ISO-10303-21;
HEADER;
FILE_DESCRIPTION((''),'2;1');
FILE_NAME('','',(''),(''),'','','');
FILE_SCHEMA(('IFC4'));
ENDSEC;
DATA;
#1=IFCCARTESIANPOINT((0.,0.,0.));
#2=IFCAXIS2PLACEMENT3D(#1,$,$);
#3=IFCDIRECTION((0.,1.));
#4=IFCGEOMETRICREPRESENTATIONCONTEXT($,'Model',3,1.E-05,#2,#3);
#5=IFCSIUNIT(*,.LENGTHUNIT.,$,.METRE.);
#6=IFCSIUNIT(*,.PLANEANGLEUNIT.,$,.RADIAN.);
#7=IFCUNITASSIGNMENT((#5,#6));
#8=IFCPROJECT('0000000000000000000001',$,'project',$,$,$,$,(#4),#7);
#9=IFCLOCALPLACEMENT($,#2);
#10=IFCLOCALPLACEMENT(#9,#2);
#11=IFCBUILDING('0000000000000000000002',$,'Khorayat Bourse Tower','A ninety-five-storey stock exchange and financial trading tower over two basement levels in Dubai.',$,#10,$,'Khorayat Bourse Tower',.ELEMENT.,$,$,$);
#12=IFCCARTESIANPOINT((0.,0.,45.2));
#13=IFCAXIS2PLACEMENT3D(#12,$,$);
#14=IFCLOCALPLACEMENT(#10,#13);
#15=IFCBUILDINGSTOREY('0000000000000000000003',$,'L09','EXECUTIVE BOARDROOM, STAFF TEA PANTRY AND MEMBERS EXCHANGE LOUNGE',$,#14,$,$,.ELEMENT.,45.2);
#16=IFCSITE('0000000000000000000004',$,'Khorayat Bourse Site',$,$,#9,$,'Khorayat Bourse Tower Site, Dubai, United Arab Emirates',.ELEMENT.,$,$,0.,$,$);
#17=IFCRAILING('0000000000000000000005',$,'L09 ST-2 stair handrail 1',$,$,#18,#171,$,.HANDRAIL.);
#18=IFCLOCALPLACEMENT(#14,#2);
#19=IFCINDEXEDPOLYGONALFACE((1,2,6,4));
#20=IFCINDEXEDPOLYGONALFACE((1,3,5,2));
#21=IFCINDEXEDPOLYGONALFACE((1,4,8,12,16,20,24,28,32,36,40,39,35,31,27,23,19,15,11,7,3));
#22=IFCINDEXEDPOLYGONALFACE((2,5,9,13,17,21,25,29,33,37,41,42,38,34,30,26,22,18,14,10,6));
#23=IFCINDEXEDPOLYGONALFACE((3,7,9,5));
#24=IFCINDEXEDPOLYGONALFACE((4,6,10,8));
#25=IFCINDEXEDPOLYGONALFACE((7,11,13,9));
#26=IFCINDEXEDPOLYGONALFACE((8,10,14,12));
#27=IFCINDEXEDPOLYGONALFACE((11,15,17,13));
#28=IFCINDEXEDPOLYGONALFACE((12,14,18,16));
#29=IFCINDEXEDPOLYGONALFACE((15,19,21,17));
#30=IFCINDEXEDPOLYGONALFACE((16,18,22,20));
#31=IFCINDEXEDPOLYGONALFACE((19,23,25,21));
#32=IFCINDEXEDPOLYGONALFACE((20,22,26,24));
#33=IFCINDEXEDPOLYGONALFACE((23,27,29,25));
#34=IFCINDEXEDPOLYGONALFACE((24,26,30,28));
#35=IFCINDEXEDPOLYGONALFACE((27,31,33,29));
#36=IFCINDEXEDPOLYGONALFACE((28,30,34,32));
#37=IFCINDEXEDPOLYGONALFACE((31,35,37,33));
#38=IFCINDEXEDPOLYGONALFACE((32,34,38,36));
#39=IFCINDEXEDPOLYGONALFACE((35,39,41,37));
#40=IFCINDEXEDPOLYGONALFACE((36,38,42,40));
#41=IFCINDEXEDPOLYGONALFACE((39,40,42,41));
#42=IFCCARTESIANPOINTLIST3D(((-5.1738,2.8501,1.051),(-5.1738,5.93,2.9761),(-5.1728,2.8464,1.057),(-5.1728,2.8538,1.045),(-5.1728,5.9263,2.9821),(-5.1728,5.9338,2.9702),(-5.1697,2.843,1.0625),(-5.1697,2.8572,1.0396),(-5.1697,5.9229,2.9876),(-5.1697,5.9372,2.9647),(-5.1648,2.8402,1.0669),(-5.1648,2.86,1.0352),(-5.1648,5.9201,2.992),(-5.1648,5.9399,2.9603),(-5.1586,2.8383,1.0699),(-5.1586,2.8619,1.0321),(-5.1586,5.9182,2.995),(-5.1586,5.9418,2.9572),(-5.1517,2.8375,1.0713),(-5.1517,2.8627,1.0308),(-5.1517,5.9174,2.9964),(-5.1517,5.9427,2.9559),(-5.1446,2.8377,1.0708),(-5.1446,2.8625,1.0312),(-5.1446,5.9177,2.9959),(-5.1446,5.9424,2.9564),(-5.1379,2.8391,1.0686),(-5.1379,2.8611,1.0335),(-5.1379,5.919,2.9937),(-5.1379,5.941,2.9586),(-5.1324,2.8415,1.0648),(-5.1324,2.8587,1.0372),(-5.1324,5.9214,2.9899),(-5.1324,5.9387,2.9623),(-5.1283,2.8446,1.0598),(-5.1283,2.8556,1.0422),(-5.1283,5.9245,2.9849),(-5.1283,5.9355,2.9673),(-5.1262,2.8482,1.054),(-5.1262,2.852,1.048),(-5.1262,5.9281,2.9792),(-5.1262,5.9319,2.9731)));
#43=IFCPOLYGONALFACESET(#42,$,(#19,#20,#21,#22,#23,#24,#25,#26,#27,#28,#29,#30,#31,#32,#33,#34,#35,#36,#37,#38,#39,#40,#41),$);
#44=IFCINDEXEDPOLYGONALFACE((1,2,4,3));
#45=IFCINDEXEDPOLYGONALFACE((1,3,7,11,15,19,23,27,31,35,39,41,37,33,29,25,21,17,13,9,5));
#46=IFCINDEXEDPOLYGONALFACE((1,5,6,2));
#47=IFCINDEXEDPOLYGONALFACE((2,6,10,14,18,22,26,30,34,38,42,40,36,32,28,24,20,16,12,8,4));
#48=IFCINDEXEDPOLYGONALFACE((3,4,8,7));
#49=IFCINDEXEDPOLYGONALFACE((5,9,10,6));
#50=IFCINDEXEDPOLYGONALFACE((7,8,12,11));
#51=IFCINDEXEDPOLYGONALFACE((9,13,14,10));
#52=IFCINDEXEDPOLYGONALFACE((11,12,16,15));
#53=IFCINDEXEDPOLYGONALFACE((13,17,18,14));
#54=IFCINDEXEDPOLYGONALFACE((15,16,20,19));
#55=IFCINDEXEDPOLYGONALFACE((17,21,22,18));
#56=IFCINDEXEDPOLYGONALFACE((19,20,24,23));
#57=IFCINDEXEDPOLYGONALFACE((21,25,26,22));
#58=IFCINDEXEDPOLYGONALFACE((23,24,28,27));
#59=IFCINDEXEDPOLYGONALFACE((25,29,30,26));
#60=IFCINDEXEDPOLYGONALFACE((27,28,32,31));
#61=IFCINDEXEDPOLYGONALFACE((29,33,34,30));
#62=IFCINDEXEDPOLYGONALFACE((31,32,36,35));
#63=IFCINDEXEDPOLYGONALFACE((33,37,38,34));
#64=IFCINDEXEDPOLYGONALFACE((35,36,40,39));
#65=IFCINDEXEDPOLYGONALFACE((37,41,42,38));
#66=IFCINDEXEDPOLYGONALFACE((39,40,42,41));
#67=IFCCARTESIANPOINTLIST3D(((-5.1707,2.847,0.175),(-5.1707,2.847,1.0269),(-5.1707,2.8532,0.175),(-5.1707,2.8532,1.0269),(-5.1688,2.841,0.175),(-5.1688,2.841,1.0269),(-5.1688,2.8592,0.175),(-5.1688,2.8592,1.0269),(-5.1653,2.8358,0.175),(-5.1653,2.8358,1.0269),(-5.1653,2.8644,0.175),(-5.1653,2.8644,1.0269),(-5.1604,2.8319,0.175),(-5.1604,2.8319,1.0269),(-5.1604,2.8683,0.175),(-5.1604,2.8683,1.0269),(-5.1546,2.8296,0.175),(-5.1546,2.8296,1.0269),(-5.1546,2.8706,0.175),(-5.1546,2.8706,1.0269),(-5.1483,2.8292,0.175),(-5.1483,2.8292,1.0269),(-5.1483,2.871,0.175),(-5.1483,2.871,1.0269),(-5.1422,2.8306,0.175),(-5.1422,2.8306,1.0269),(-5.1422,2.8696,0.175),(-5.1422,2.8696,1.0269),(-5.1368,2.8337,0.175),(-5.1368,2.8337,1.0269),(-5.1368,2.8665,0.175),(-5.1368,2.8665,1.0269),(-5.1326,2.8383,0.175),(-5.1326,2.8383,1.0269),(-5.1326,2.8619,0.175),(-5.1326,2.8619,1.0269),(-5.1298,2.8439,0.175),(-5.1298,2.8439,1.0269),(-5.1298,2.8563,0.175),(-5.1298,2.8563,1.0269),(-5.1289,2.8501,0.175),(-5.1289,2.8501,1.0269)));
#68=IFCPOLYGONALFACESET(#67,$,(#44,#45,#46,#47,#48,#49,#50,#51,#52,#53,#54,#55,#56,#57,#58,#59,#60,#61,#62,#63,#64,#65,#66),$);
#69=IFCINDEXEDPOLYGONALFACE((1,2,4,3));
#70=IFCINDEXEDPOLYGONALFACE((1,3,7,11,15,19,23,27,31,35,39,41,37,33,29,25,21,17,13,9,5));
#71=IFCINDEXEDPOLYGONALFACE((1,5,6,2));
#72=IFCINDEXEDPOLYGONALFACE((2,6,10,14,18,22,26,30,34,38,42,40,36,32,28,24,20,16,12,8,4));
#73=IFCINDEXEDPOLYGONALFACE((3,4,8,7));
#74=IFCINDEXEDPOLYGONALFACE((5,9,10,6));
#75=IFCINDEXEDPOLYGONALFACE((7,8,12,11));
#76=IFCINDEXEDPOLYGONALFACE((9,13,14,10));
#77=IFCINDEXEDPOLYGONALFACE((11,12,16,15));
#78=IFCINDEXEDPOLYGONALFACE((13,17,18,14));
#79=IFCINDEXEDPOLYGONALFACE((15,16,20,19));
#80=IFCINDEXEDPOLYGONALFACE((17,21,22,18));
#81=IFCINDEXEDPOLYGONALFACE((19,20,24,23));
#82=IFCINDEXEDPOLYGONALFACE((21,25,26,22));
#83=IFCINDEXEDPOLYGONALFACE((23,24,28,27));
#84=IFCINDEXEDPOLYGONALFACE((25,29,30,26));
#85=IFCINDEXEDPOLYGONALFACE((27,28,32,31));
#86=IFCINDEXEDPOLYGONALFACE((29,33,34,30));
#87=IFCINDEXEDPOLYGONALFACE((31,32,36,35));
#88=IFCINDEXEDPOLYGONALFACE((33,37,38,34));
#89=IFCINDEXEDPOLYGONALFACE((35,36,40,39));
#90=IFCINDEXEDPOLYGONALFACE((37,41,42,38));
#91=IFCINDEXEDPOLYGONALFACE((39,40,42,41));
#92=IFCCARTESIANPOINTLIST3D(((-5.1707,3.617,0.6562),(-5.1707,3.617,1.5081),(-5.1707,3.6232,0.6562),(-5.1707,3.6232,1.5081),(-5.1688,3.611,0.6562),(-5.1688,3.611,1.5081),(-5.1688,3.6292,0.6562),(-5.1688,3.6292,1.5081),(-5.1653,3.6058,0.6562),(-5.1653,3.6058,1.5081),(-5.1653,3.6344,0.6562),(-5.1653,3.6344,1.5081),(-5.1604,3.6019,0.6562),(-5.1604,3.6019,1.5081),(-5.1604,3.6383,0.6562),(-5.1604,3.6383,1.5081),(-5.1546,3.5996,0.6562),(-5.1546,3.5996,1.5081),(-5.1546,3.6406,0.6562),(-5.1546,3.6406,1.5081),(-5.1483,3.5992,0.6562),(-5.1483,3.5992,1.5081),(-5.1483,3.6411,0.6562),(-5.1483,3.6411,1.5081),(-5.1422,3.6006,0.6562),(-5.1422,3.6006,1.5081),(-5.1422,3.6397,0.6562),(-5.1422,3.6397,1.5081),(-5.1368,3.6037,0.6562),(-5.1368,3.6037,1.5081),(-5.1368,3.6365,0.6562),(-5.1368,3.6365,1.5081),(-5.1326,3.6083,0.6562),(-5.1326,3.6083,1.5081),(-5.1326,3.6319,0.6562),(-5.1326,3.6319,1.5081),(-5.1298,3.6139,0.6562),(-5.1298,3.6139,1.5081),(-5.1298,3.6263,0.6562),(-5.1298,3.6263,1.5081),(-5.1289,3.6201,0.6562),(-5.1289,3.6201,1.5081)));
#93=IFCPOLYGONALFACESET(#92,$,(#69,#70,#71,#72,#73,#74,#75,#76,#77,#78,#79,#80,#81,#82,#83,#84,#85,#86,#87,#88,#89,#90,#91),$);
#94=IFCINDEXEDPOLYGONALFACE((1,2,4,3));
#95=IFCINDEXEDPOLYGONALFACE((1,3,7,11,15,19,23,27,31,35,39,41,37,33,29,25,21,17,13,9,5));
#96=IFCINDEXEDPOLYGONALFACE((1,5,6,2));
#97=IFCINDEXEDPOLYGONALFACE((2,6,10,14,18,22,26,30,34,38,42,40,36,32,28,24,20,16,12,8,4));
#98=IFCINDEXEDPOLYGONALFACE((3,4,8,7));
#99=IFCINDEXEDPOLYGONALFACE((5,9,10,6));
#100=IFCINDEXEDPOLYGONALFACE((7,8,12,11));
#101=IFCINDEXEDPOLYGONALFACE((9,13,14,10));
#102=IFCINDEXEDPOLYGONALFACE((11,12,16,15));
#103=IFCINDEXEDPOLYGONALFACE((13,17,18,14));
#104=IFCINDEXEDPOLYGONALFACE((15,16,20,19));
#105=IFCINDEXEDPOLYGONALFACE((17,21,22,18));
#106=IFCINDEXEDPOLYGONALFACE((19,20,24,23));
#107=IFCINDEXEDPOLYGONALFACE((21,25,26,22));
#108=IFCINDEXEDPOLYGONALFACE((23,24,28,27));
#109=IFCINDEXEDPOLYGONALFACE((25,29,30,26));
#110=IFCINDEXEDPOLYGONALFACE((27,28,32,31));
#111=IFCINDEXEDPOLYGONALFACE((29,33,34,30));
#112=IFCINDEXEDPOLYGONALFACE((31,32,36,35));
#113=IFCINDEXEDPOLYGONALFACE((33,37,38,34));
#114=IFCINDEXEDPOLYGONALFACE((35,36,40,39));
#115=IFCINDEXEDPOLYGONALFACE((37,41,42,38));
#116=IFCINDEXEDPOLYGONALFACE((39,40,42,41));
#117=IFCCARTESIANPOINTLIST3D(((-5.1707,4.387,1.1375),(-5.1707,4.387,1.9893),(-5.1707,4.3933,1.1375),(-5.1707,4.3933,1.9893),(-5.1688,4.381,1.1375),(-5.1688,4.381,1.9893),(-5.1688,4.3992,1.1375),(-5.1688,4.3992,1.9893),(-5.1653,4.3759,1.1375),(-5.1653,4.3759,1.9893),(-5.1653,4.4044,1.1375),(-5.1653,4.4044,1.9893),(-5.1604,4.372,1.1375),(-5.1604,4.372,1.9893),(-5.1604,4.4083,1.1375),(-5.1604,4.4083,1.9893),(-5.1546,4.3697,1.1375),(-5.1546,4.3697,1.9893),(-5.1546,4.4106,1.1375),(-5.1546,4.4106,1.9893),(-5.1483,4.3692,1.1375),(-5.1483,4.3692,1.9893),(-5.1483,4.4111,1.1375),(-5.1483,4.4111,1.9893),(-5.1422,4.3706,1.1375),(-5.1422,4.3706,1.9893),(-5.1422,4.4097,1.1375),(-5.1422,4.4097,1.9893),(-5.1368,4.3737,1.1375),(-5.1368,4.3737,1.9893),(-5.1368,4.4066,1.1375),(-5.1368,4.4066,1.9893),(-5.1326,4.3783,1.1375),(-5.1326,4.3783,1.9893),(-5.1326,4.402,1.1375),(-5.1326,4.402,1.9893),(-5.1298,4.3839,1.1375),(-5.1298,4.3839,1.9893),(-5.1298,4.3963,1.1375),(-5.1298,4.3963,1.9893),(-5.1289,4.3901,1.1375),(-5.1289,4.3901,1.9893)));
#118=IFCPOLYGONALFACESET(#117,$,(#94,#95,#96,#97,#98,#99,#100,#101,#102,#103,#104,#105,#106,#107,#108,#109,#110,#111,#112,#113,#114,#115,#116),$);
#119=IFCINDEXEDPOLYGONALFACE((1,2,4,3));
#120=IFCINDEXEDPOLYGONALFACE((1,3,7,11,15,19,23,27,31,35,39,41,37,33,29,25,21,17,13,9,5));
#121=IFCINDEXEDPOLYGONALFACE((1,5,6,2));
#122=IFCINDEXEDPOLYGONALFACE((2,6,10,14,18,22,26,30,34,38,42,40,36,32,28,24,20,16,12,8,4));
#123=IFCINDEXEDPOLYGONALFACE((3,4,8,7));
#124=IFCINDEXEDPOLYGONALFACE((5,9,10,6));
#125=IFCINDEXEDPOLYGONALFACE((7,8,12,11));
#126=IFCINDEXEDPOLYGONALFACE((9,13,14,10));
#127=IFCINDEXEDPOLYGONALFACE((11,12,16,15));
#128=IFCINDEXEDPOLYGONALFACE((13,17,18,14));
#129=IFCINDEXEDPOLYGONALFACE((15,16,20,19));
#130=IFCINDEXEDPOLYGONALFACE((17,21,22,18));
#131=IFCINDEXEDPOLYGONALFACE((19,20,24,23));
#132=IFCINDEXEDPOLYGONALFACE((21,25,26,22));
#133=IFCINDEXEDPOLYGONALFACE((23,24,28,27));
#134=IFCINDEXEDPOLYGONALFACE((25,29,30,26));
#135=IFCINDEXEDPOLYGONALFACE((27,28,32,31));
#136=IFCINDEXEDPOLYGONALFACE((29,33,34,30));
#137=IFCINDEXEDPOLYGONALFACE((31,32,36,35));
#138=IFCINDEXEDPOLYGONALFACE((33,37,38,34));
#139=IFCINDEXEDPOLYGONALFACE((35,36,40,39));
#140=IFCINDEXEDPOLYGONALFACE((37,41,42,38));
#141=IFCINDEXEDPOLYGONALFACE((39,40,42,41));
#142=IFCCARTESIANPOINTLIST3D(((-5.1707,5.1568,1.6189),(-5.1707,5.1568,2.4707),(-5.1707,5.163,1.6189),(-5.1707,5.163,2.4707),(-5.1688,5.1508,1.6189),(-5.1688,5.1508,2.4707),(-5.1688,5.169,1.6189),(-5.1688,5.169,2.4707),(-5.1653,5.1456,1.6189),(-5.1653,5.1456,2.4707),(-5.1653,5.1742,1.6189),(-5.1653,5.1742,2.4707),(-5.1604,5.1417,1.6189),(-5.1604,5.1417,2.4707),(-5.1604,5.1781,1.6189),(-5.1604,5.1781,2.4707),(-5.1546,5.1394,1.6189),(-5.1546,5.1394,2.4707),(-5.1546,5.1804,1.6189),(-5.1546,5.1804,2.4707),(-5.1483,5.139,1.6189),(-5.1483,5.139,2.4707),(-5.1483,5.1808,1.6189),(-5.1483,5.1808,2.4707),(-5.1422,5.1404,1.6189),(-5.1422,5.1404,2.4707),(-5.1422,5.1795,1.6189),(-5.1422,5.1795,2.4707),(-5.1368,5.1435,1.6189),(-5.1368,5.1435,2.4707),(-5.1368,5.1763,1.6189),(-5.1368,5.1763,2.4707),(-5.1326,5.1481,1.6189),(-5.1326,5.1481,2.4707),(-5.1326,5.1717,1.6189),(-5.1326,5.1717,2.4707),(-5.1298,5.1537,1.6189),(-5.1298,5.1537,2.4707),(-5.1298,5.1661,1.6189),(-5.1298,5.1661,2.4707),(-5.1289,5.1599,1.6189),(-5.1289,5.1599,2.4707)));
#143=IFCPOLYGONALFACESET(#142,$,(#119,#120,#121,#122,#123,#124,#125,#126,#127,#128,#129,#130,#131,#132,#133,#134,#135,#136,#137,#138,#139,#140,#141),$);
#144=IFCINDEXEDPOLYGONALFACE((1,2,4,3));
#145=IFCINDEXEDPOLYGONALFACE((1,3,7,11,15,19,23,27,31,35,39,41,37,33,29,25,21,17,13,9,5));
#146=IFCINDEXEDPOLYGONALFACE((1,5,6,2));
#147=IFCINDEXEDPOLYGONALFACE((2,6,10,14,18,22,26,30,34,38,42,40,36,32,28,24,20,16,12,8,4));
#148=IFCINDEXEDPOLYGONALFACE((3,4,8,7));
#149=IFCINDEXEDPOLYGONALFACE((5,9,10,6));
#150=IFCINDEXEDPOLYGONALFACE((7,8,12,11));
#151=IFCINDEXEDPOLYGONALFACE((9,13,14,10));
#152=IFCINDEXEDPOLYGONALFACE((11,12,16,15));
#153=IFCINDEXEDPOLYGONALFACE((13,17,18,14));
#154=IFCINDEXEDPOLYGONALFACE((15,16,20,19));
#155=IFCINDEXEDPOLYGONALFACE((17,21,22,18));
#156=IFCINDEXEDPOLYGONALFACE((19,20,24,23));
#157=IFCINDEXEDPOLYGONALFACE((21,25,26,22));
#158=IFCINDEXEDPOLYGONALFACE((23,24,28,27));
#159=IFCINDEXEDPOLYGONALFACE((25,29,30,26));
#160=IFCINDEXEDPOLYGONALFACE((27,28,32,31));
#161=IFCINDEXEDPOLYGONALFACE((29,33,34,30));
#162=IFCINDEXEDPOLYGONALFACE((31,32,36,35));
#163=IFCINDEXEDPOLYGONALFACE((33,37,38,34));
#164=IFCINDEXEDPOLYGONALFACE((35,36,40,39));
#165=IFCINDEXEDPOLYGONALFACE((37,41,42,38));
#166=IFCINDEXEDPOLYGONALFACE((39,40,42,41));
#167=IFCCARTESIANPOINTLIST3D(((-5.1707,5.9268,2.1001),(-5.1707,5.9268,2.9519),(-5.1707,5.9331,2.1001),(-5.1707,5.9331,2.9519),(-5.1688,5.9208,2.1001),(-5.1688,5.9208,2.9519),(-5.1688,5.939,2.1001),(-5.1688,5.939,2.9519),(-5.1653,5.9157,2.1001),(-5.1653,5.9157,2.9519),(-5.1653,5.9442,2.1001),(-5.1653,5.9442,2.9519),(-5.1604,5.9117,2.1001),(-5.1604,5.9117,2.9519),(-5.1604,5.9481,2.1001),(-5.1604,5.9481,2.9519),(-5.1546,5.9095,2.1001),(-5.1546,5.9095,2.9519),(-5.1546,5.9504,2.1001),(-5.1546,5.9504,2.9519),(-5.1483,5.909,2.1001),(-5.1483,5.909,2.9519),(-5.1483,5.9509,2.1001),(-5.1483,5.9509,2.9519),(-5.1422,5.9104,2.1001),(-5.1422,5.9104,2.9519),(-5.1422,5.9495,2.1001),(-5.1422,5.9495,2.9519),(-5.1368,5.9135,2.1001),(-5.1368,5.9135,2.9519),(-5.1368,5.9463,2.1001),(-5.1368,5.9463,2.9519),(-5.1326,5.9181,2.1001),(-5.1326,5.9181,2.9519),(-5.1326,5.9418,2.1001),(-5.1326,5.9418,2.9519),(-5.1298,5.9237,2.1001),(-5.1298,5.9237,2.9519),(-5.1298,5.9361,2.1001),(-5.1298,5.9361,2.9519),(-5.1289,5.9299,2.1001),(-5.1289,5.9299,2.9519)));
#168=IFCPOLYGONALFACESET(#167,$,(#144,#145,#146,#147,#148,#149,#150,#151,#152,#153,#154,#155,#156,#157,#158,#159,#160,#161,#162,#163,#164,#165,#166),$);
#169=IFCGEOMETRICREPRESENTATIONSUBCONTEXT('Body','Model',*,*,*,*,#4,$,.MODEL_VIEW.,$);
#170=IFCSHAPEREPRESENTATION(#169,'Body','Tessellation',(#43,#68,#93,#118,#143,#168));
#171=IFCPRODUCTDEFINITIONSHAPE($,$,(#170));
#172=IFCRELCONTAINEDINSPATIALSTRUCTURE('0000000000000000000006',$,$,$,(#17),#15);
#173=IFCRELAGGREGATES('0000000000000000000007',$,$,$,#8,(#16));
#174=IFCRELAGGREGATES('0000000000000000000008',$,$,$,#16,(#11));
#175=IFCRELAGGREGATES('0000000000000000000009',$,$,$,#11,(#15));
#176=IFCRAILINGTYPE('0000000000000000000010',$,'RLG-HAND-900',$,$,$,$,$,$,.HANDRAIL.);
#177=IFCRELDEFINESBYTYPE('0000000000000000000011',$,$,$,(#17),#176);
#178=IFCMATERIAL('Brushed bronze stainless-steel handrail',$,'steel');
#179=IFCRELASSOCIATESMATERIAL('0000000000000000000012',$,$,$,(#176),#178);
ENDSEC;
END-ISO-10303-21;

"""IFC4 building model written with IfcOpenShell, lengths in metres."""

from ifc_helpers import new_model, si_unit, direction, frame, origin, origin_2d, place, context, subcontext, project, spatial, circle, extrude, source, transform, mapped, material, type_object, element, save


model = new_model("IFC4")

# Units and contexts
model_context = context("Model", 3, precision=1e-05, world=origin(), true_north=direction((0.0, 1.0)))
body_context = subcontext(model_context, "Body", "Model", "MODEL_VIEW")
ifc_project = project(units=[si_unit("LENGTHUNIT", "METRE"), si_unit("PLANEANGLEUNIT", "RADIAN")], contexts=[model_context])

# Site, building, storey
site_placement = place(None, origin())
site = spatial("IfcSite", under=ifc_project, at=site_placement, Name="Khorayat Bourse Site", LongName="Khorayat Bourse Tower Site, Dubai, United Arab Emirates", CompositionType="ELEMENT", RefElevation=0.0)
building_placement = place(site_placement, origin())
building = spatial("IfcBuilding", under=site, at=building_placement, Name="Khorayat Bourse Tower", Description="A ninety-five-storey stock exchange and financial trading tower over two basement levels in Dubai.", LongName="Khorayat Bourse Tower", CompositionType="ELEMENT")
storey_placement = place(building_placement, frame((0.0, 0.0, 45.2)))
storey = spatial("IfcBuildingStorey", under=building, at=storey_placement, Name="L09", Description="EXECUTIVE BOARDROOM, STAFF TEA PANTRY AND MEMBERS EXCHANGE LOUNGE", CompositionType="ELEMENT", Elevation=45.2)

# Railing
ifc_material_1 = material(Name="Brushed bronze stainless-steel handrail", Category="steel")
railing_type_1 = type_object("IfcRailingType", Name="RLG-HAND-900", PredefinedType="HANDRAIL", material=ifc_material_1)
shared_shape_1 = source(origin(), body_context, "Body", "SweptSolid", [
    extrude(circle(Radius=0.0239, at=origin_2d()), frame((0.0, 0.0, 0.876), z_axis=(0.0, 0.847979, 0.530029), x_axis=(-1.0, 0.0, 0.0)), (0.0, 0.0, 1.0), 3.6321),
    extrude(circle(Radius=0.021, at=origin_2d()), origin(), (0.0, 0.0, 1.0), 0.8518),
    extrude(circle(Radius=0.021, at=origin_2d()), frame((0.0, 0.77, 0.4812)), (0.0, 0.0, 1.0), 0.8518),
    extrude(circle(Radius=0.021, at=origin_2d()), frame((0.0, 1.54, 0.9624)), (0.0, 0.0, 1.0), 0.8518),
    extrude(circle(Radius=0.021, at=origin_2d()), frame((0.0, 2.3098, 1.4438)), (0.0, 0.0, 1.0), 0.8518),
    extrude(circle(Radius=0.021, at=origin_2d()), frame((0.0, 3.0798, 1.925)), (0.0, 0.0, 1.0), 0.8518),
])
railing_1_placement = place(storey_placement, frame((-5.1499, 2.8501, 0.175)))
element("IfcRailing", 1, at=railing_1_placement, inside=storey, type_object=railing_type_1, Name="L09 ST-2 stair handrail 1", PredefinedType="HANDRAIL", context=body_context, shape_type="MappedRepresentation", body=[
    mapped(shared_shape_1, transform((0.0, 0.0, 0.0), scale=1.0)),
])

save(model, "model.ifc")
